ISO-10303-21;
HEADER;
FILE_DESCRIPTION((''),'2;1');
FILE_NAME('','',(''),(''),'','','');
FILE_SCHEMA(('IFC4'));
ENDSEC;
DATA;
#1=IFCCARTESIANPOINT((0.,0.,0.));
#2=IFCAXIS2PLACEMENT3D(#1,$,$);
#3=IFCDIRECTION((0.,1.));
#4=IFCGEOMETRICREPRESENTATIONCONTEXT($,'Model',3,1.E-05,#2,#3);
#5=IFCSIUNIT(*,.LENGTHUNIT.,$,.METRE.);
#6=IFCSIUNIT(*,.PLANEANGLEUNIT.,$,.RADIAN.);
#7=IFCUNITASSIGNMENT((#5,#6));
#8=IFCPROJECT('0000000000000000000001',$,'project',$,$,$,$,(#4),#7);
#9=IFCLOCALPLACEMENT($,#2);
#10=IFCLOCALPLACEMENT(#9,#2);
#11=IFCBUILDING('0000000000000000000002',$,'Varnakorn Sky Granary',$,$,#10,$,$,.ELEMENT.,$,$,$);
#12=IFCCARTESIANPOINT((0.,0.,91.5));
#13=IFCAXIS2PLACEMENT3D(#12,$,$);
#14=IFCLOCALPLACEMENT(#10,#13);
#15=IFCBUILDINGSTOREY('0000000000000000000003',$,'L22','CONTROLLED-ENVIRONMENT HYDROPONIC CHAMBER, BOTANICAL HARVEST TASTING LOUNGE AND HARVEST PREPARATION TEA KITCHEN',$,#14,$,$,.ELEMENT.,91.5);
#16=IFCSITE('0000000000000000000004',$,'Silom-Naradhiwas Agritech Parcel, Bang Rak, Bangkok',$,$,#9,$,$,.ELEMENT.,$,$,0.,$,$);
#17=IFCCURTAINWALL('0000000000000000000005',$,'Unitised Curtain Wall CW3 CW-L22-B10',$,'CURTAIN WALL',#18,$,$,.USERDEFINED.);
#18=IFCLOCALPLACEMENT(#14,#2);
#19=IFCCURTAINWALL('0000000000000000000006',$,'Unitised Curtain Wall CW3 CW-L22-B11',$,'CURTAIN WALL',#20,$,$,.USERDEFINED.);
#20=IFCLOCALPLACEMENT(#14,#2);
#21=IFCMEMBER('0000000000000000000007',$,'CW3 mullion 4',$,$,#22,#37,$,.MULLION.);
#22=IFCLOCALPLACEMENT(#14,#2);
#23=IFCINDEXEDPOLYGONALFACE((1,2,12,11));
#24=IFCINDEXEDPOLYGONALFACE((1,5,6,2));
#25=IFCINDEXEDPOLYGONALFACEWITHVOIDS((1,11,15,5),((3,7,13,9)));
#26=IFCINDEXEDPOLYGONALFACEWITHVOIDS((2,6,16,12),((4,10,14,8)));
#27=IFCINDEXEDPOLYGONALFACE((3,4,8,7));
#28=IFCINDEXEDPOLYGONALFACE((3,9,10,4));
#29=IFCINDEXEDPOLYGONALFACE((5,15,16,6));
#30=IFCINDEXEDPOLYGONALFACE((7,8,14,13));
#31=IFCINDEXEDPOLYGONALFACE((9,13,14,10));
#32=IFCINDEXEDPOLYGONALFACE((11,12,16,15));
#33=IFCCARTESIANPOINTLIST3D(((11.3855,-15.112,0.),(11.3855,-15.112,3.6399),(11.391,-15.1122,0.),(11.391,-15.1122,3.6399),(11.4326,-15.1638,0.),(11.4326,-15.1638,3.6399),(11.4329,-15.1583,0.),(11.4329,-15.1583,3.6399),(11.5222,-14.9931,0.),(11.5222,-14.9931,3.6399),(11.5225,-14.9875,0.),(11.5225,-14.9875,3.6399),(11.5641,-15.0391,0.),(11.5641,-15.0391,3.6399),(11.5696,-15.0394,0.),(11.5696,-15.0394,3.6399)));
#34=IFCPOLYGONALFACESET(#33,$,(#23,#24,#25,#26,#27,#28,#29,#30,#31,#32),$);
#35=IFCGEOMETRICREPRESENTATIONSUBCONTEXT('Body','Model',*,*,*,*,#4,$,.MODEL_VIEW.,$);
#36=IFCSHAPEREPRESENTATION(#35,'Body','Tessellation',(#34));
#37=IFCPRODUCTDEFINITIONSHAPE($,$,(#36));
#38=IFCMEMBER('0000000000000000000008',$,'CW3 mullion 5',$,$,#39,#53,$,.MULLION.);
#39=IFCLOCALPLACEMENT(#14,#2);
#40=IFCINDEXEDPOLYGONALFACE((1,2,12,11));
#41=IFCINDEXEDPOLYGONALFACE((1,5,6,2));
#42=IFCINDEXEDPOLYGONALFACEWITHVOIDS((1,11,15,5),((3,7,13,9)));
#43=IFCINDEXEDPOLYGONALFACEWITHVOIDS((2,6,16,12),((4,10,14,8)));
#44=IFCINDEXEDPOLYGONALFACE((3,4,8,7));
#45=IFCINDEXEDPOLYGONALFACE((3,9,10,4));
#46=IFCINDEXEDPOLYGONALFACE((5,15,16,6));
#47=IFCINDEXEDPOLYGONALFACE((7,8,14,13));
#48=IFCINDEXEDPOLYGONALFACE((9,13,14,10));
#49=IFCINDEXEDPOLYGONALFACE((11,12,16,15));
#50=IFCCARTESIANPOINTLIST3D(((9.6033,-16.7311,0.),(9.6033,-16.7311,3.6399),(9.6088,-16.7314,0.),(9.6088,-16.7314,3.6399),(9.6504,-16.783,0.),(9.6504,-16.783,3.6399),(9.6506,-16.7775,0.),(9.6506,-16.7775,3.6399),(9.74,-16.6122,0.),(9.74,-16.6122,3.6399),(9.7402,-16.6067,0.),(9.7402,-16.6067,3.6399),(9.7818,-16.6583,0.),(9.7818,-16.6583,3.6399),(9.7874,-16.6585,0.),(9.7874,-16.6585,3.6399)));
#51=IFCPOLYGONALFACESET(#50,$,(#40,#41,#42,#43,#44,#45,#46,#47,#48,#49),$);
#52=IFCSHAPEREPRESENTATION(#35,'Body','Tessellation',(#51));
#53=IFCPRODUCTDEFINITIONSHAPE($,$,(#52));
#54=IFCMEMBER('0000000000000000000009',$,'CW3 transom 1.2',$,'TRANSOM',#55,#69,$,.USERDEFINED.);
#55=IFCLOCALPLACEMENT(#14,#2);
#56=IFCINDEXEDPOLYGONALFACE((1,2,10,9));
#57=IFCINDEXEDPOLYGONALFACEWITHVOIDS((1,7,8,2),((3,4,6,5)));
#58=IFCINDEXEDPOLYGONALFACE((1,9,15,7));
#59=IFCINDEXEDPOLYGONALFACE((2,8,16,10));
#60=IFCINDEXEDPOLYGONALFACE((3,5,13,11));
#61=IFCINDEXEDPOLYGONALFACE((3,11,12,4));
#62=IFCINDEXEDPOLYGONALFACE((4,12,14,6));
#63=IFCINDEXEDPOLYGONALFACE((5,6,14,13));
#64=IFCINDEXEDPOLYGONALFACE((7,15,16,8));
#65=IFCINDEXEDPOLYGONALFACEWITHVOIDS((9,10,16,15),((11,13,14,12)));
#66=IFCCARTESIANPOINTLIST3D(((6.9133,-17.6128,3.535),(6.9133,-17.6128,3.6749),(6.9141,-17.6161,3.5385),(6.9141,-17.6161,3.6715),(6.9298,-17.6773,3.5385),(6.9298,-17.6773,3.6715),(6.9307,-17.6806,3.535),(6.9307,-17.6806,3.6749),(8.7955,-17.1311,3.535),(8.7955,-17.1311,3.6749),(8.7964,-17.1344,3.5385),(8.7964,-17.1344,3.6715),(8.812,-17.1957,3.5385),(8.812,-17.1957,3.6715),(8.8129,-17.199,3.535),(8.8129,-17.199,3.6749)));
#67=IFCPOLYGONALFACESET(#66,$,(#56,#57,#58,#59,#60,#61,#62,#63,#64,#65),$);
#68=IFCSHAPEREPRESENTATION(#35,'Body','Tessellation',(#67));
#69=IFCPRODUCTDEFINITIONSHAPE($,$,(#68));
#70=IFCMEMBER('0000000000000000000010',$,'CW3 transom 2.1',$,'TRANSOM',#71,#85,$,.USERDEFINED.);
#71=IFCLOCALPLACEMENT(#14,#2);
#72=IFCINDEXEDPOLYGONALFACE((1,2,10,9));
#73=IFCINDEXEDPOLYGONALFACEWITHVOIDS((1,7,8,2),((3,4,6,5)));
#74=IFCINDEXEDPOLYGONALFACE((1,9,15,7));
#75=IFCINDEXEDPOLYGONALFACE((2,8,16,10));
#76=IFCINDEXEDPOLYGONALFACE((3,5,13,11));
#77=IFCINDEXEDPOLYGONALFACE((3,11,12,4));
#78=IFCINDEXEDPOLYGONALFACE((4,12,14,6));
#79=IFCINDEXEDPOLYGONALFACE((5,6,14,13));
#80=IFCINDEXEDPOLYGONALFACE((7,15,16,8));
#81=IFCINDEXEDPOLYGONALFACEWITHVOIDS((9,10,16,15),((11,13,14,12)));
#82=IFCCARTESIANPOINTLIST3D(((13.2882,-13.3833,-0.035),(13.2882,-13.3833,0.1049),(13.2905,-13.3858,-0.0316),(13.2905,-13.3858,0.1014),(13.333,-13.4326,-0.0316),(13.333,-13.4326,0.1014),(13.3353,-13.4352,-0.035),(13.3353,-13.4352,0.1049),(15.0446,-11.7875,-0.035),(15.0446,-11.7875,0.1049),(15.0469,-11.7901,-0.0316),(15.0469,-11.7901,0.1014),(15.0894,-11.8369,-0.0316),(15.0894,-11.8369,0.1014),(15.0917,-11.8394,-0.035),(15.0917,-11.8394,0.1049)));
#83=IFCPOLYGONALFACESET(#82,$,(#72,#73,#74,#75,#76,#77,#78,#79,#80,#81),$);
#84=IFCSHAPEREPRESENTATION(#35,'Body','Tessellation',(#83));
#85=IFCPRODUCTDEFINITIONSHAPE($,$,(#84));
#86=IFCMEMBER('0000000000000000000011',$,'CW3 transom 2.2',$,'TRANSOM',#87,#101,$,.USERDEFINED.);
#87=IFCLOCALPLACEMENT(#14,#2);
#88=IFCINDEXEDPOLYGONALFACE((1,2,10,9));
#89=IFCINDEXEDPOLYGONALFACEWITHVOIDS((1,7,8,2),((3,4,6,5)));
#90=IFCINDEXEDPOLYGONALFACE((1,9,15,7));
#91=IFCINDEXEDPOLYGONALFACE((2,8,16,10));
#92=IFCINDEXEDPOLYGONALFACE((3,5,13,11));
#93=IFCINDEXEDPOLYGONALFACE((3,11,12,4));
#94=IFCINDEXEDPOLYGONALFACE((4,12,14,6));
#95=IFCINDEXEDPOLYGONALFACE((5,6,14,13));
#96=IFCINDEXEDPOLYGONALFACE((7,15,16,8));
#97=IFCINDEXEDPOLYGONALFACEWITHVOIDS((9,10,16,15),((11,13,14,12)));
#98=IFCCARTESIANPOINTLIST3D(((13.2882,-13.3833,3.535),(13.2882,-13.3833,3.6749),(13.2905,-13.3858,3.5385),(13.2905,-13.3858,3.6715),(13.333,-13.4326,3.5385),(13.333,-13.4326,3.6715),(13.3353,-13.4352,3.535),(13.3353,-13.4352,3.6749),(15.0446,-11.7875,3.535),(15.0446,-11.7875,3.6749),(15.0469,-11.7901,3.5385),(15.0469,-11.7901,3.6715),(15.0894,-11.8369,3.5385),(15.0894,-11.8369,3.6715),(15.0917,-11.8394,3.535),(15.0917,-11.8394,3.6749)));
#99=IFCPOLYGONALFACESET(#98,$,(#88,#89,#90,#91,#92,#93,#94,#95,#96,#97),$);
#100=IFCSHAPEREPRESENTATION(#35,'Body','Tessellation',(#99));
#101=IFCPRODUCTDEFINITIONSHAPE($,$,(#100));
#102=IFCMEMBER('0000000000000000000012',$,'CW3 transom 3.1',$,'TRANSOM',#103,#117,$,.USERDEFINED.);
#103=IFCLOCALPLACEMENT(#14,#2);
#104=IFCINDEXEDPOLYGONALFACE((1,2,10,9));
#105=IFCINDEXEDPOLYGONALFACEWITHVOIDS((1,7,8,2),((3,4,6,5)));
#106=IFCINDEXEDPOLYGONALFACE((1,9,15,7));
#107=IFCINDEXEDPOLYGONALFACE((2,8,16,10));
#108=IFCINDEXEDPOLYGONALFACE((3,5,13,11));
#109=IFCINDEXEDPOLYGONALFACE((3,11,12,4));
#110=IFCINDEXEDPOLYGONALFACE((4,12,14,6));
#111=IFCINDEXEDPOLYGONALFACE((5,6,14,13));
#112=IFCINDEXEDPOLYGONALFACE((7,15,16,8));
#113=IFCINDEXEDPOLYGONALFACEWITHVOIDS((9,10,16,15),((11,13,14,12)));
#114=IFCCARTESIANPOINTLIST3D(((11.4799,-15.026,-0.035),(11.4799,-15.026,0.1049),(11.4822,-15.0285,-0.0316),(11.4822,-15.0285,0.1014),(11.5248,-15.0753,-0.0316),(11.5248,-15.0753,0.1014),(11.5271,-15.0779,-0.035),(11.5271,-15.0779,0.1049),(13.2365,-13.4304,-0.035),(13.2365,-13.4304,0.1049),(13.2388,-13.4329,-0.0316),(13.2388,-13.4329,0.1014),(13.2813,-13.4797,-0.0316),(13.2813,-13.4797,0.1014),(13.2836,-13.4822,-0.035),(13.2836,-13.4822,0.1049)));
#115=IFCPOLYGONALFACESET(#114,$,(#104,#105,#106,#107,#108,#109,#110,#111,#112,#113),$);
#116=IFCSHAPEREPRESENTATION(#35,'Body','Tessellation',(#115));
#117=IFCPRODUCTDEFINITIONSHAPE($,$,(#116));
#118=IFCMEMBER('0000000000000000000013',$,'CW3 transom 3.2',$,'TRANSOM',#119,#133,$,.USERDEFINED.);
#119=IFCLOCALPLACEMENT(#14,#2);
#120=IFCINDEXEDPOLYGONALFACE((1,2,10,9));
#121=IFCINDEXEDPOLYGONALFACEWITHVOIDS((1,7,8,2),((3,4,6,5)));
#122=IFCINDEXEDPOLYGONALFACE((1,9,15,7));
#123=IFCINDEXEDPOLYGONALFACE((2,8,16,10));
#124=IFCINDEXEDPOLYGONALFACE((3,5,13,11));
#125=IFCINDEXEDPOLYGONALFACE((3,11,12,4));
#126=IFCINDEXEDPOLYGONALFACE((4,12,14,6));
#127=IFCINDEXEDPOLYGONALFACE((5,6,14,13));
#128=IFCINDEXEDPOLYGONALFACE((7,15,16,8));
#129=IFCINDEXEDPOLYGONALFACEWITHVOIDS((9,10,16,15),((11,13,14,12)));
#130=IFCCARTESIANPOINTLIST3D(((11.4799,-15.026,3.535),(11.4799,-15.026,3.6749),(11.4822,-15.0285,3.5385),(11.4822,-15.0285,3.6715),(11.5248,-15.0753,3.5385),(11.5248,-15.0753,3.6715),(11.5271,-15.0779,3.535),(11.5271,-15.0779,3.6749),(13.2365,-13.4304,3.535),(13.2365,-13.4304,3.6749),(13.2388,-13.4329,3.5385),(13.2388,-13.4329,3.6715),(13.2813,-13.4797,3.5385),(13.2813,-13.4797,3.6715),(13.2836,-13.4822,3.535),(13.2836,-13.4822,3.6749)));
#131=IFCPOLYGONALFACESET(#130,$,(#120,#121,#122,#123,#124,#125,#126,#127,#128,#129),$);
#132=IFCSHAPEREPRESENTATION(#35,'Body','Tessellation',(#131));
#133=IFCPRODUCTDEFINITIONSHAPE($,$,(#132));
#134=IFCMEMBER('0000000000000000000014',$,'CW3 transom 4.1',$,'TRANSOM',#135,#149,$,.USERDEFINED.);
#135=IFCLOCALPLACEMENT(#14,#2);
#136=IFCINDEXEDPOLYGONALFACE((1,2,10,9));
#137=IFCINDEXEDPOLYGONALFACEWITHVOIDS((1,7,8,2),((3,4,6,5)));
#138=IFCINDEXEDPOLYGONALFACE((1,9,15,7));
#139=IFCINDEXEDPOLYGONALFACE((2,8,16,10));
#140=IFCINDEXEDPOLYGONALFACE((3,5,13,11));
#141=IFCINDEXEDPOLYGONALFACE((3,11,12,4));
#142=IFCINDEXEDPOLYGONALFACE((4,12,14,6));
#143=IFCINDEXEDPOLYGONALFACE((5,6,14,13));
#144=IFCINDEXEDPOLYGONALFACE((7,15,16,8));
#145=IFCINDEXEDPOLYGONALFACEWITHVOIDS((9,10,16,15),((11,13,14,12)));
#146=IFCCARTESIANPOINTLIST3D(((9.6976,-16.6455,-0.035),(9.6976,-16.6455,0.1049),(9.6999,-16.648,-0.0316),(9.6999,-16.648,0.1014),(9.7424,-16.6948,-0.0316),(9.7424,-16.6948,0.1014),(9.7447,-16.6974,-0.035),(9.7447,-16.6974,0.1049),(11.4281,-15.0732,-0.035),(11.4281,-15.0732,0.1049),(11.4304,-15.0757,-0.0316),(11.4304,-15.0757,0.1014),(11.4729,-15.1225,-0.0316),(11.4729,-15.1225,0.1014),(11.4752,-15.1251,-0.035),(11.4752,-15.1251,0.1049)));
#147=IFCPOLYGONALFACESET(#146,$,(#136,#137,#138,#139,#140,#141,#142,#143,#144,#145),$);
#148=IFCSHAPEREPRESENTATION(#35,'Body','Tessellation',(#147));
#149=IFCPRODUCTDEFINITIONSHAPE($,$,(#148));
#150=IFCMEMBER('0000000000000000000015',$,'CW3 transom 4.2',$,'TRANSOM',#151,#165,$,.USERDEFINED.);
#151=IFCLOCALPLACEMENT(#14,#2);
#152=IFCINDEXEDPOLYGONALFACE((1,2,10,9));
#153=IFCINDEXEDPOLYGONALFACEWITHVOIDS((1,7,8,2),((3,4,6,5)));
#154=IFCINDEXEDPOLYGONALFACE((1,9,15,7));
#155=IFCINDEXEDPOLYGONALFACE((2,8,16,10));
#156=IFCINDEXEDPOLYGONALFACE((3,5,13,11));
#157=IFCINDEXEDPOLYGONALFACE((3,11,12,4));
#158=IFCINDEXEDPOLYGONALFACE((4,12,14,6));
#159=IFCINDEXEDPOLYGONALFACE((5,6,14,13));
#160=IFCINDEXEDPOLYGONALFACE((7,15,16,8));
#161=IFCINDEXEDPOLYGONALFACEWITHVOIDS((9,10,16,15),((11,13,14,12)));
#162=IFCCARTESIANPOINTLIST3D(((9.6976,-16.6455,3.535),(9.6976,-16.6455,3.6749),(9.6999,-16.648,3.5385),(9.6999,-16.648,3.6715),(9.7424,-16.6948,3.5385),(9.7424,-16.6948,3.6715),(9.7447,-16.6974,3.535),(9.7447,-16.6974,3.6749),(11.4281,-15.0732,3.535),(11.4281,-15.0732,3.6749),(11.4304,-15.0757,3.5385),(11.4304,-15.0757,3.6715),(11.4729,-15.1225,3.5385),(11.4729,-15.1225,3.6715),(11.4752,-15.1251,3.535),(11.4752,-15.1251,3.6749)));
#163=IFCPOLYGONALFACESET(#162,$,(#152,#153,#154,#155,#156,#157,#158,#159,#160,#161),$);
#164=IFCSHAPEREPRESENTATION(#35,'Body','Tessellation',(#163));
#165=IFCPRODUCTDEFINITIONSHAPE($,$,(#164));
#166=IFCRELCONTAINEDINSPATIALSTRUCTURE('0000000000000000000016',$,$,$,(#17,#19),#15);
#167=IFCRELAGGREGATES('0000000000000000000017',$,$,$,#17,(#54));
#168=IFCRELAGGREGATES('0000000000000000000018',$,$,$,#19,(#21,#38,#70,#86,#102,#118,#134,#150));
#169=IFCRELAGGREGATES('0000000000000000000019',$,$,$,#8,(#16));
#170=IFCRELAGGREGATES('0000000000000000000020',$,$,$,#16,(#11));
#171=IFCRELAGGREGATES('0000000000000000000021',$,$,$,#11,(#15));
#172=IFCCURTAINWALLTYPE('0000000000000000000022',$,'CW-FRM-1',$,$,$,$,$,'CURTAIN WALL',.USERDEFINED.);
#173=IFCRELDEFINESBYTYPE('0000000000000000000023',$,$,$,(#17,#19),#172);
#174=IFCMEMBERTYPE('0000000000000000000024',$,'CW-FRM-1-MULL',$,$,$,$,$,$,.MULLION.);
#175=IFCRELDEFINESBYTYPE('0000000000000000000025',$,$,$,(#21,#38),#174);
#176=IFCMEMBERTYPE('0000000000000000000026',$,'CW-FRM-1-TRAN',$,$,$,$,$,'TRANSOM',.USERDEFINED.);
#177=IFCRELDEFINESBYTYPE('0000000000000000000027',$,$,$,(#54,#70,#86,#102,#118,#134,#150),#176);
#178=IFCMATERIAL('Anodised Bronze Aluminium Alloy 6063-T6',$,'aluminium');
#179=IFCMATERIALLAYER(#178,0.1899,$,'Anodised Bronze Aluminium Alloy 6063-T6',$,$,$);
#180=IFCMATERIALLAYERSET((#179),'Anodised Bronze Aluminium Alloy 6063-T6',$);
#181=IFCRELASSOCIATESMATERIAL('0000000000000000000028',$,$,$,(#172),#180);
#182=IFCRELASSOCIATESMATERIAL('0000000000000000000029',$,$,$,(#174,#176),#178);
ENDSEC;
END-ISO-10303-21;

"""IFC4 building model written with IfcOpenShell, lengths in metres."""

from ifc_helpers import new_model, si_unit, direction, frame, origin, origin_2d, place, context, subcontext, project, spatial, hollow_rectangle, extrude, material, layer, layer_set, material_profile, profile_set, type_object, element, aggregate, save


model = new_model("IFC4")

# Units and contexts
model_context = context("Model", 3, precision=1e-05, world=origin(), true_north=direction((0.0, 1.0)))
body_context = subcontext(model_context, "Body", "Model", "MODEL_VIEW")
ifc_project = project(units=[si_unit("LENGTHUNIT", "METRE"), si_unit("PLANEANGLEUNIT", "RADIAN")], contexts=[model_context])

# Site, building, storey
site_placement = place(None, origin())
site = spatial("IfcSite", under=ifc_project, at=site_placement, Name="Silom-Naradhiwas Agritech Parcel, Bang Rak, Bangkok", CompositionType="ELEMENT", RefElevation=0.0)
building_placement = place(site_placement, origin())
building = spatial("IfcBuilding", under=site, at=building_placement, Name="Varnakorn Sky Granary", CompositionType="ELEMENT")
storey_placement = place(building_placement, frame((0.0, 0.0, 91.5)))
storey = spatial("IfcBuildingStorey", under=building, at=storey_placement, Name="L22", Description="CONTROLLED-ENVIRONMENT HYDROPONIC CHAMBER, BOTANICAL HARVEST TASTING LOUNGE AND HARVEST PREPARATION TEA KITCHEN", CompositionType="ELEMENT", Elevation=91.5)

# Curtain wall
ifc_material_1 = material(Name="Anodised Bronze Aluminium Alloy 6063-T6", Category="aluminium")
ifc_layer_1 = layer(ifc_material_1, 0.1899, Name="Anodised Bronze Aluminium Alloy 6063-T6")
ifc_layer_set_1 = layer_set([ifc_layer_1], Name="Anodised Bronze Aluminium Alloy 6063-T6")
curtain_wall_type = type_object("IfcCurtainWallType", Name="CW-FRM-1", ElementType="CURTAIN WALL", PredefinedType="USERDEFINED", material=ifc_layer_set_1)
curtain_wall_1_placement = place(storey_placement, origin())
curtain_wall_1 = element("IfcCurtainWall", 1, at=curtain_wall_1_placement, inside=storey, type_object=curtain_wall_type, Name="Unitised Curtain Wall CW3 CW-L22-B10", ObjectType="CURTAIN WALL", PredefinedType="USERDEFINED")
ifc_material_profile_1 = material_profile(ifc_material_1, hollow_rectangle(XDim=0.0701, YDim=0.1851, WallThickness=0.0039, at=origin_2d()), Name="ALU MULL 70x185")
ifc_profile_set_1 = profile_set([ifc_material_profile_1], Name="Anodised Bronze Aluminium Alloy 6063-T6")
member_type_1 = type_object("IfcMemberType", Name="CW-FRM-1-MULL", PredefinedType="MULLION", material=ifc_profile_set_1)

# Curtain wall, members
curtain_wall_2_placement = place(storey_placement, origin())
curtain_wall_2 = element("IfcCurtainWall", 2, at=curtain_wall_2_placement, inside=storey, type_object=curtain_wall_type, Name="Unitised Curtain Wall CW3 CW-L22-B11", ObjectType="CURTAIN WALL", PredefinedType="USERDEFINED")
member_1_placement = place(storey_placement, frame((11.4775, -15.0757, 0.0), z_axis=(0.0, 0.0, 1.0), x_axis=(0.672429, -0.740161, 0.0)))
member_1 = element("IfcMember", 3, at=member_1_placement, type_object=member_type_1, Name="CW3 mullion 4", PredefinedType="MULLION", context=body_context, shape_type="SweptSolid", body=[
    extrude(hollow_rectangle(XDim=0.0701, YDim=0.1851, WallThickness=0.0039, at=origin_2d()), origin(), (0.0, 0.0, 1.0), 3.6399),
])
member_2_placement = place(storey_placement, frame((9.6953, -16.6948, 0.0), z_axis=(0.0, 0.0, 1.0), x_axis=(0.672429, -0.740161, 0.0)))
member_2 = element("IfcMember", 4, at=member_2_placement, type_object=member_type_1, Name="CW3 mullion 5", PredefinedType="MULLION", context=body_context, shape_type="SweptSolid", body=[
    extrude(hollow_rectangle(XDim=0.0701, YDim=0.1851, WallThickness=0.0039, at=origin_2d()), origin(), (0.0, 0.0, 1.0), 3.6399),
])

# Members
ifc_material_profile_2 = material_profile(ifc_material_1, hollow_rectangle(XDim=0.0701, YDim=0.1399, WallThickness=0.0034, at=origin_2d()), Name="ALU TRAN 70x140")
ifc_profile_set_2 = profile_set([ifc_material_profile_2], Name="Anodised Bronze Aluminium Alloy 6063-T6")
member_type_2 = type_object("IfcMemberType", Name="CW-FRM-1-TRAN", ElementType="TRANSOM", PredefinedType="USERDEFINED", material=ifc_profile_set_2)
member_3_placement = place(storey_placement, frame((8.8042, -17.165, 3.605), z_axis=(-0.968782, -0.247913, 0.0), x_axis=(0.247913, -0.968782, 0.0)))
member_3 = element("IfcMember", 5, at=member_3_placement, type_object=member_type_2, Name="CW3 transom 1.2", ObjectType="TRANSOM", PredefinedType="USERDEFINED", context=body_context, shape_type="SweptSolid", body=[
    extrude(hollow_rectangle(XDim=0.0701, YDim=0.1399, WallThickness=0.0034, at=origin_2d()), origin(), (0.0, 0.0, 1.0), 1.9429),
])
aggregate(curtain_wall_1, [member_3])
member_4_placement = place(storey_placement, frame((15.0681, -11.8135, 0.0349), z_axis=(-0.740145, -0.672447, 0.0), x_axis=(0.672447, -0.740145, 0.0)))
member_4 = element("IfcMember", 6, at=member_4_placement, type_object=member_type_2, Name="CW3 transom 2.1", ObjectType="TRANSOM", PredefinedType="USERDEFINED", context=body_context, shape_type="SweptSolid", body=[
    extrude(hollow_rectangle(XDim=0.0701, YDim=0.1399, WallThickness=0.0034, at=origin_2d()), origin(), (0.0, 0.0, 1.0), 2.373),
])
member_5_placement = place(storey_placement, frame((15.0681, -11.8135, 3.605), z_axis=(-0.740145, -0.672447, 0.0), x_axis=(0.672447, -0.740145, 0.0)))
member_5 = element("IfcMember", 7, at=member_5_placement, type_object=member_type_2, Name="CW3 transom 2.2", ObjectType="TRANSOM", PredefinedType="USERDEFINED", context=body_context, shape_type="SweptSolid", body=[
    extrude(hollow_rectangle(XDim=0.0701, YDim=0.1399, WallThickness=0.0034, at=origin_2d()), origin(), (0.0, 0.0, 1.0), 2.373),
])
member_6_placement = place(storey_placement, frame((13.26, -13.4563, 0.0349), z_axis=(-0.740191, -0.672396, 0.0), x_axis=(0.672396, -0.740191, 0.0)))
member_6 = element("IfcMember", 8, at=member_6_placement, type_object=member_type_2, Name="CW3 transom 3.1", ObjectType="TRANSOM", PredefinedType="USERDEFINED", context=body_context, shape_type="SweptSolid", body=[
    extrude(hollow_rectangle(XDim=0.0701, YDim=0.1399, WallThickness=0.0034, at=origin_2d()), origin(), (0.0, 0.0, 1.0), 2.373),
])
member_7_placement = place(storey_placement, frame((13.26, -13.4563, 3.605), z_axis=(-0.740191, -0.672396, 0.0), x_axis=(0.672396, -0.740191, 0.0)))
member_7 = element("IfcMember", 9, at=member_7_placement, type_object=member_type_2, Name="CW3 transom 3.2", ObjectType="TRANSOM", PredefinedType="USERDEFINED", context=body_context, shape_type="SweptSolid", body=[
    extrude(hollow_rectangle(XDim=0.0701, YDim=0.1399, WallThickness=0.0034, at=origin_2d()), origin(), (0.0, 0.0, 1.0), 2.373),
])
member_8_placement = place(storey_placement, frame((11.4517, -15.0991, 0.0349), z_axis=(-0.740129, -0.672465, 0.0), x_axis=(0.672465, -0.740129, 0.0)))
member_8 = element("IfcMember", 10, at=member_8_placement, type_object=member_type_2, Name="CW3 transom 4.1", ObjectType="TRANSOM", PredefinedType="USERDEFINED", context=body_context, shape_type="SweptSolid", body=[
    extrude(hollow_rectangle(XDim=0.0701, YDim=0.1399, WallThickness=0.0034, at=origin_2d()), origin(), (0.0, 0.0, 1.0), 2.3381),
])
member_9_placement = place(storey_placement, frame((11.4517, -15.0991, 3.605), z_axis=(-0.740129, -0.672465, 0.0), x_axis=(0.672465, -0.740129, 0.0)))
member_9 = element("IfcMember", 11, at=member_9_placement, type_object=member_type_2, Name="CW3 transom 4.2", ObjectType="TRANSOM", PredefinedType="USERDEFINED", context=body_context, shape_type="SweptSolid", body=[
    extrude(hollow_rectangle(XDim=0.0701, YDim=0.1399, WallThickness=0.0034, at=origin_2d()), origin(), (0.0, 0.0, 1.0), 2.3381),
])

aggregate(curtain_wall_2, [member_1, member_2, member_4, member_5, member_6, member_7, member_8, member_9])

save(model, "model.ifc")
